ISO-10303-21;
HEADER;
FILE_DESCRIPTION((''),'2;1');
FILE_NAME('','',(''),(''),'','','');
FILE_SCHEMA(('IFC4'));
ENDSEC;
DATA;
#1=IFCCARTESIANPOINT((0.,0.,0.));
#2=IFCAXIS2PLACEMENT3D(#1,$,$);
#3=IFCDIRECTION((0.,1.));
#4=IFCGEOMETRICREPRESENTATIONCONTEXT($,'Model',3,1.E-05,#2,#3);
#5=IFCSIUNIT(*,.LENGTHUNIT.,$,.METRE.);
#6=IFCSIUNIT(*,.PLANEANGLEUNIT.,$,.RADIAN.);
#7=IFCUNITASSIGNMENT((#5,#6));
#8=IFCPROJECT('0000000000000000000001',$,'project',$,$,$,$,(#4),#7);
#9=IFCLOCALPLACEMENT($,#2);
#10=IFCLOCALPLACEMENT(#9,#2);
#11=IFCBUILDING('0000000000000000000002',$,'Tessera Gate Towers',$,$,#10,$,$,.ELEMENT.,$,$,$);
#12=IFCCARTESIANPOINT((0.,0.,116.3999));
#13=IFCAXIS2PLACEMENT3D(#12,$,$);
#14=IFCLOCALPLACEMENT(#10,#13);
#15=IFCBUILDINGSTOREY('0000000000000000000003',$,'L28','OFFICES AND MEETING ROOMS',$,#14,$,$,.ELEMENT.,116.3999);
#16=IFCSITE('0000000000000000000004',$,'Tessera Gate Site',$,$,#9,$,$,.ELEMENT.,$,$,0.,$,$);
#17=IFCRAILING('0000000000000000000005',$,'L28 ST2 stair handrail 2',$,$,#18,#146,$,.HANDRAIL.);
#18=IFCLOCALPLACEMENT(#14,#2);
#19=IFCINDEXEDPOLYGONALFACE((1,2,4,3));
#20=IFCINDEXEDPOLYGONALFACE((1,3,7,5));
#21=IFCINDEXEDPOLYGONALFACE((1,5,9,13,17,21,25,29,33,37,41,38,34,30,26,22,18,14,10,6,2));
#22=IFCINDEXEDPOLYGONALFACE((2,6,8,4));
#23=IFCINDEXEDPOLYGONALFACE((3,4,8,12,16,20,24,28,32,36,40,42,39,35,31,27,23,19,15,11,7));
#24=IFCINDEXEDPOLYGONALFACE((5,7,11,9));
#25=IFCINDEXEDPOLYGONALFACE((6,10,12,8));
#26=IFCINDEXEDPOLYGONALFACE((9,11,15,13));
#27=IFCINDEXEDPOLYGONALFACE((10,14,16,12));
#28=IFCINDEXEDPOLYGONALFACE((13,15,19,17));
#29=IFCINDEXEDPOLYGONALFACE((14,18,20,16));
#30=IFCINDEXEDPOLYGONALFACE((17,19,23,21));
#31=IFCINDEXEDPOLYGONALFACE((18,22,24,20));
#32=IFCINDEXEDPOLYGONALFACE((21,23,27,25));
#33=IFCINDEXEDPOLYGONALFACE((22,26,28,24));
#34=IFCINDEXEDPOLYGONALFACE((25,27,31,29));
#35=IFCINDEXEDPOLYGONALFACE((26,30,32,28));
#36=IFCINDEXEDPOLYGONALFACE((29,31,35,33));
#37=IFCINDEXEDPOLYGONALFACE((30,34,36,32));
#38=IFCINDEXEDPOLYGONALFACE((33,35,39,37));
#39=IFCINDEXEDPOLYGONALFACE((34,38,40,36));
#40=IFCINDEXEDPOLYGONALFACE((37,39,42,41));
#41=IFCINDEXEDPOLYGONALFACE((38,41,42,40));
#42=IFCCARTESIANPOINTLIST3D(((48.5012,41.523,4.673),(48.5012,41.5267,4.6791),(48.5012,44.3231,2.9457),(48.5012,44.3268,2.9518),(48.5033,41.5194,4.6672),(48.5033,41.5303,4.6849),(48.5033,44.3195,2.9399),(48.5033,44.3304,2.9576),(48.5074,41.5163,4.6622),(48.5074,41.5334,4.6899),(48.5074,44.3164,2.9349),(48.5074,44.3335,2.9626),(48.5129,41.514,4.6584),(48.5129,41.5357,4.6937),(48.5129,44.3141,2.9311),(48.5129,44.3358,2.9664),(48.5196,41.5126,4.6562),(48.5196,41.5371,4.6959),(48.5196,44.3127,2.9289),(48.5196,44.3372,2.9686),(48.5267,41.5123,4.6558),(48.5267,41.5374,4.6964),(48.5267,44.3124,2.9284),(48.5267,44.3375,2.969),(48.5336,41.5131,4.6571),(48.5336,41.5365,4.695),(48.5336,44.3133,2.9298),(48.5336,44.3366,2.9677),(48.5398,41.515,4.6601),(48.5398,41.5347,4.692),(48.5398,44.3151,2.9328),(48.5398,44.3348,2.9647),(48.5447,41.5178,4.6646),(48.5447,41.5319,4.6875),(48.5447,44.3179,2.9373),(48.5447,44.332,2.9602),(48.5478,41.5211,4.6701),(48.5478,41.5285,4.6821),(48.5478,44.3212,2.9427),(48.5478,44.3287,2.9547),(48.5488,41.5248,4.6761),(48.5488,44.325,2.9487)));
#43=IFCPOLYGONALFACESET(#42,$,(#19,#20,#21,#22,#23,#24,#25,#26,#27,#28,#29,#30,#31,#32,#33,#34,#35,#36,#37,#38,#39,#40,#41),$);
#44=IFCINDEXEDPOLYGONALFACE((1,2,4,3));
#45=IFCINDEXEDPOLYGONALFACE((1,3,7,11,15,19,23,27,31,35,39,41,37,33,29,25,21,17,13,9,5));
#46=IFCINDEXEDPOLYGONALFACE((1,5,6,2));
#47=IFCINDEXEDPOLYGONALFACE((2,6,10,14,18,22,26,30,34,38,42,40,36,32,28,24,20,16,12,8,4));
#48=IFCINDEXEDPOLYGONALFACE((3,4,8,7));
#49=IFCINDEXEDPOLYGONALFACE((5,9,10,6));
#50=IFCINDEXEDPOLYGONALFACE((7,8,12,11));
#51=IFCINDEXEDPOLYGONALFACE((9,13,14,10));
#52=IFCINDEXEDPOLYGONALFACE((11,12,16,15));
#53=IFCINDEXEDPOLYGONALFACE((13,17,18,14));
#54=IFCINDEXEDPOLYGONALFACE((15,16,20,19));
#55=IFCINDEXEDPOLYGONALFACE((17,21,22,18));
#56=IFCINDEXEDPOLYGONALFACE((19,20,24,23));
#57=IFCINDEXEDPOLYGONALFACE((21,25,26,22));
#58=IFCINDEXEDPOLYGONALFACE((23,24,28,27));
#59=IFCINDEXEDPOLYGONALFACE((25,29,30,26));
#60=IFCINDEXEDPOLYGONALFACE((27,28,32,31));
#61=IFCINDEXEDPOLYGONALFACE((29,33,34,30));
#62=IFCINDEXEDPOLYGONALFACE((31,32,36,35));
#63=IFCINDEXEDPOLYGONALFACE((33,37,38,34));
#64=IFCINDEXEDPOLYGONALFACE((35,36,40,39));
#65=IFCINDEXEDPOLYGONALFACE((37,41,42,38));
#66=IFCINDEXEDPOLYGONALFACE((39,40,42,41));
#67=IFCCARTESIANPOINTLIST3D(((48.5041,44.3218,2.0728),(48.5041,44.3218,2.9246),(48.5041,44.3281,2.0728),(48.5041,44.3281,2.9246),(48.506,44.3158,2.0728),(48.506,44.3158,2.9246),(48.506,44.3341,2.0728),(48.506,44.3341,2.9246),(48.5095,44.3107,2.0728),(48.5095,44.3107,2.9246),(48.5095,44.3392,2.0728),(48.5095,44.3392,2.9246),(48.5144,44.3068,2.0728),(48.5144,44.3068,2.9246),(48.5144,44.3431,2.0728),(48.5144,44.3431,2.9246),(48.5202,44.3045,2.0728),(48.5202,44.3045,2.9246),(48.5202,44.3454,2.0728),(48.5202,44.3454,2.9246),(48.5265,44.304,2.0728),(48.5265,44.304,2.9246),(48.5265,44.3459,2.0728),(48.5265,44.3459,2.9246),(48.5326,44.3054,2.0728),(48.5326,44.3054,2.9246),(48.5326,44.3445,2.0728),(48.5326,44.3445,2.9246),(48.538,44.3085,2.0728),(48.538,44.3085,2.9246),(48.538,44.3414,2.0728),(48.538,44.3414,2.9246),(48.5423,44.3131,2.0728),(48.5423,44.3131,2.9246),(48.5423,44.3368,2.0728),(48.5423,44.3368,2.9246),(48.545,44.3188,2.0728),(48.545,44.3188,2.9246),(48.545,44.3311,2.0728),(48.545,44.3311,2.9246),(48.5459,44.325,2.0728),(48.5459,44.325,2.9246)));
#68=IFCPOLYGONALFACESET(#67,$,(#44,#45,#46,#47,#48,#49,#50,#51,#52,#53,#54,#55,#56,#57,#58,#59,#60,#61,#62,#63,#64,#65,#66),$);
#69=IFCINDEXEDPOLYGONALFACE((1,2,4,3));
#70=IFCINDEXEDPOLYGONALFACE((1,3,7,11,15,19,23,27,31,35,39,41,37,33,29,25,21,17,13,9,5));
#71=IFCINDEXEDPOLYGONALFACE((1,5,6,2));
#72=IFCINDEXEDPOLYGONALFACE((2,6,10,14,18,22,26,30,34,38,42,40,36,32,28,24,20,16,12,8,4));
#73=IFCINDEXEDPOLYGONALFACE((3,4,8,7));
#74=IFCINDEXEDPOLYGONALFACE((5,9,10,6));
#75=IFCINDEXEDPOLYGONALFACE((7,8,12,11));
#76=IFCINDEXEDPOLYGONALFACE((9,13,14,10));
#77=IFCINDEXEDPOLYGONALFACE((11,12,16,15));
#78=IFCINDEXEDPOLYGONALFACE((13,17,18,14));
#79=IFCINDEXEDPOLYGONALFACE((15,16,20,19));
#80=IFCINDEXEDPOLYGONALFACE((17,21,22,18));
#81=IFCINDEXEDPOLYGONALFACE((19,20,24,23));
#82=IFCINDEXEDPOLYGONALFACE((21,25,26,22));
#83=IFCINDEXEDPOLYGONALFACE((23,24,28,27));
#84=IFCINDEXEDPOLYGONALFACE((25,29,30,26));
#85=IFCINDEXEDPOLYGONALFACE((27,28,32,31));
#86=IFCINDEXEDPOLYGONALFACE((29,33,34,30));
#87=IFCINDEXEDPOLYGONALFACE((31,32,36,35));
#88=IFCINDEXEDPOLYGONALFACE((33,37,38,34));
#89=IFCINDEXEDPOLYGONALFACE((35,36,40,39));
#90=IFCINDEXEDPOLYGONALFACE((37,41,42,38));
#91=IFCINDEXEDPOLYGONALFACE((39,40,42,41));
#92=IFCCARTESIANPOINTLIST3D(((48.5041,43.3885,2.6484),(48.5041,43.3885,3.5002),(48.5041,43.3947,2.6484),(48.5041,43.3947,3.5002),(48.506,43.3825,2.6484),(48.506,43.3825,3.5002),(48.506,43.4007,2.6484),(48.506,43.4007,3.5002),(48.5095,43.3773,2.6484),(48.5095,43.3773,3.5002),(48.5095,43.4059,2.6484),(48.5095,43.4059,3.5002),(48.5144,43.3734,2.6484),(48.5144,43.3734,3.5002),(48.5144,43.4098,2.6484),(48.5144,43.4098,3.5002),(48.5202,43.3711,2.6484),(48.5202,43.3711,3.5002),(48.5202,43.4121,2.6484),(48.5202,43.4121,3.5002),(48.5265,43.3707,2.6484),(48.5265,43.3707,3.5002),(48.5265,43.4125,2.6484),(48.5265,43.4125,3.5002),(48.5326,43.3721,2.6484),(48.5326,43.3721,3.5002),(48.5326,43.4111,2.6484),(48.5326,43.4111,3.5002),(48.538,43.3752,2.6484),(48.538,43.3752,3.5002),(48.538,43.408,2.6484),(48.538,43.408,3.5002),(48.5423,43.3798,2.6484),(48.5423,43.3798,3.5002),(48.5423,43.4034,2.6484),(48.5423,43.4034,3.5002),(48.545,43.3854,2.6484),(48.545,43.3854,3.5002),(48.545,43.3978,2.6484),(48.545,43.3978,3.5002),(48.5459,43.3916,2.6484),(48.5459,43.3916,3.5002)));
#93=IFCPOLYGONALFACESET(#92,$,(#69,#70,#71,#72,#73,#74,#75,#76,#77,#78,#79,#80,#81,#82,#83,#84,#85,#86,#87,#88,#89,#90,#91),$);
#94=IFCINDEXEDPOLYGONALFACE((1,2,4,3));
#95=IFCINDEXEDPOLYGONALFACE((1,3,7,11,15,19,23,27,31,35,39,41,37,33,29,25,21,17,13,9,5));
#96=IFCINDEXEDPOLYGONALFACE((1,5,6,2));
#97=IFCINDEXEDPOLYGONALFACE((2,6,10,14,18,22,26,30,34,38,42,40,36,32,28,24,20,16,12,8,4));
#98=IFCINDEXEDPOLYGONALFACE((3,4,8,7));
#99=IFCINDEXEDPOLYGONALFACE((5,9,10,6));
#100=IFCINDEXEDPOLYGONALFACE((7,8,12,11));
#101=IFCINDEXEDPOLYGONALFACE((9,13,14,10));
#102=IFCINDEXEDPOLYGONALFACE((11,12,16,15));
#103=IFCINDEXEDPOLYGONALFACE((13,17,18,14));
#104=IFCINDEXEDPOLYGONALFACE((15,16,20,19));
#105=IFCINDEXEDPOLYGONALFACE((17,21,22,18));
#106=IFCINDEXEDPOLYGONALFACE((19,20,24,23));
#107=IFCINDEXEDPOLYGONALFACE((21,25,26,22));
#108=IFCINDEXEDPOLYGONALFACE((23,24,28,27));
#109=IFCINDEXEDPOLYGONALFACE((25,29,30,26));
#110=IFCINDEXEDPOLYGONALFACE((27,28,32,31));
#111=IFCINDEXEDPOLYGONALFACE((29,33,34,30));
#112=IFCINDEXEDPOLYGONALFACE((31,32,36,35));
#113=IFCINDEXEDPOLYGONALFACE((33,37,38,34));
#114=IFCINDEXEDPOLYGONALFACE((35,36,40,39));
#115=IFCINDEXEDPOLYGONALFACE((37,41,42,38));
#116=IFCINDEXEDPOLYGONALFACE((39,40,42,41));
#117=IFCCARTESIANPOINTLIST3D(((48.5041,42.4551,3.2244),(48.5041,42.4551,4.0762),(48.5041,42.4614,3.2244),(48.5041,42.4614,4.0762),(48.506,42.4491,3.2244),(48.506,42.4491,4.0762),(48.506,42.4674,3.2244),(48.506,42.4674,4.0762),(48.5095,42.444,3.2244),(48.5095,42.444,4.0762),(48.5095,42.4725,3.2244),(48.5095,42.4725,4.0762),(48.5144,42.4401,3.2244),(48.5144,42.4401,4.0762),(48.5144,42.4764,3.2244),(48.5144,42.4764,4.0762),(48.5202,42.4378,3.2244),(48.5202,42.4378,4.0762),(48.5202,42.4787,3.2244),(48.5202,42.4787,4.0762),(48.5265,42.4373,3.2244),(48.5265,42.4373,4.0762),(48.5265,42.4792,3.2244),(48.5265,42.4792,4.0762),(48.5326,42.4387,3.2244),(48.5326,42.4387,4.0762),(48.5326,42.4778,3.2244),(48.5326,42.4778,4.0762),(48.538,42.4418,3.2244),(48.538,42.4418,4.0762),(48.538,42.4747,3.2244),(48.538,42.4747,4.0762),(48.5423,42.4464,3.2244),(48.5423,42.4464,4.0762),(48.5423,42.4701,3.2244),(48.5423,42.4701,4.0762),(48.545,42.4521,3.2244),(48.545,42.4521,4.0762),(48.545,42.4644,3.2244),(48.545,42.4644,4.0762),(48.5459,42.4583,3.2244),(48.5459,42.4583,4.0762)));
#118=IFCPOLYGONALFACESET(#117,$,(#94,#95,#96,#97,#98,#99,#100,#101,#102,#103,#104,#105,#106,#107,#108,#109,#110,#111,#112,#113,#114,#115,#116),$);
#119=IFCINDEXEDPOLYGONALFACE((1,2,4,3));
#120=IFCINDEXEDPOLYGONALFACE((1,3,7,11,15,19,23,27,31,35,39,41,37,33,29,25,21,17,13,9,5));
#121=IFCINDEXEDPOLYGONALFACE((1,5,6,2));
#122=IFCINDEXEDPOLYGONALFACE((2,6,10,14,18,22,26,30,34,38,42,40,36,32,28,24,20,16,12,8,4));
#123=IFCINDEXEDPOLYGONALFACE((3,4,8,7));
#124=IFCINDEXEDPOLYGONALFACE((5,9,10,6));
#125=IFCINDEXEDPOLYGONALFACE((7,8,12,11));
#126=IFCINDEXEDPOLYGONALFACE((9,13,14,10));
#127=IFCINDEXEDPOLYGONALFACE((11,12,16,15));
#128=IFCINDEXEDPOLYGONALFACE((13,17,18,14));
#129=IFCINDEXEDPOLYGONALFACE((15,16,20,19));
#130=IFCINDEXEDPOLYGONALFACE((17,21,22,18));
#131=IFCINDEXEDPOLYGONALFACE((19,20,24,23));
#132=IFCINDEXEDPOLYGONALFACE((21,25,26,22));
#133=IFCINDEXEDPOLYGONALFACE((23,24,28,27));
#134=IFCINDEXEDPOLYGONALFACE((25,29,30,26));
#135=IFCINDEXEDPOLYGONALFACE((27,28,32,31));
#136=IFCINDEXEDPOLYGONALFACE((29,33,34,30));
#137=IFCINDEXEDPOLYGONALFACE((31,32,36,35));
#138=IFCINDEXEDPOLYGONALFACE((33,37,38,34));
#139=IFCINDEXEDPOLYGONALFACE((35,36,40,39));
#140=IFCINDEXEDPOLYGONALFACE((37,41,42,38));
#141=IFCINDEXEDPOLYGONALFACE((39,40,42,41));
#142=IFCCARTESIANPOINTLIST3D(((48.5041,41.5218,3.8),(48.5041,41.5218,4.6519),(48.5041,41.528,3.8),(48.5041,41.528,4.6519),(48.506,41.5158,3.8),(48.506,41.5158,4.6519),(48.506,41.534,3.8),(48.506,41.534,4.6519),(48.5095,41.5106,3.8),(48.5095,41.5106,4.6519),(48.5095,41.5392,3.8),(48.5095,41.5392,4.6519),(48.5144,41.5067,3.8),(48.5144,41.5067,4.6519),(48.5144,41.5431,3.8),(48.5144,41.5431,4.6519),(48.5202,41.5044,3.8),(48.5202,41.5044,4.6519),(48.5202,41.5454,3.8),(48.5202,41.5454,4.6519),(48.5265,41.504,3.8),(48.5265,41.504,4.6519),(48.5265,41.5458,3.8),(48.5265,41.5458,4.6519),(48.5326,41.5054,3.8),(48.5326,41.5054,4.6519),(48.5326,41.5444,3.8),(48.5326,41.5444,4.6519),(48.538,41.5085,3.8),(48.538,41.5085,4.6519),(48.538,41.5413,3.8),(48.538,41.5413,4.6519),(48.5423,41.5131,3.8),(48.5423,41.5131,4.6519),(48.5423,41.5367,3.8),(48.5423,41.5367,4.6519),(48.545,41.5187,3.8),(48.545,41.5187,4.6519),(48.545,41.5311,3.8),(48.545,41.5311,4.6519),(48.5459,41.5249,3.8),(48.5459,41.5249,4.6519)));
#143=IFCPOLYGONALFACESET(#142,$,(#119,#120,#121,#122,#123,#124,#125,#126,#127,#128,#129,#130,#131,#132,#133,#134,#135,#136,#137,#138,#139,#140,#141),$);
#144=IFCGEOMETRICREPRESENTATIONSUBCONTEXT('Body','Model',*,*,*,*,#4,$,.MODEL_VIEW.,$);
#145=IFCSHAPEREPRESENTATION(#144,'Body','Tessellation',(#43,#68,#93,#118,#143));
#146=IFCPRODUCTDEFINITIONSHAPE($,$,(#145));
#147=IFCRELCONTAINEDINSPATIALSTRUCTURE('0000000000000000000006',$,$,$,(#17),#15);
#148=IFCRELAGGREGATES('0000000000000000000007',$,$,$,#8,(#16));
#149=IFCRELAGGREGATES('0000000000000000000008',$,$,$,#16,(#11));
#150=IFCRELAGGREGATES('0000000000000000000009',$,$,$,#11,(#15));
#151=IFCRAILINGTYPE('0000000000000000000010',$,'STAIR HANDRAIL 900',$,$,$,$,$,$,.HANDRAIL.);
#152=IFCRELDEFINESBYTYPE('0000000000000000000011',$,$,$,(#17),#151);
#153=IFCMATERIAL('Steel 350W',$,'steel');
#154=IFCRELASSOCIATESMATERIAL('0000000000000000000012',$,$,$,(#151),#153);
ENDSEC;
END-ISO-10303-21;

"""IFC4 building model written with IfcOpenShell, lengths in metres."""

from ifc_helpers import new_model, si_unit, direction, frame, origin, origin_2d, place, context, subcontext, project, spatial, circle, extrude, material, type_object, element, save


model = new_model("IFC4")

# Units and contexts
model_context = context("Model", 3, precision=1e-05, world=origin(), true_north=direction((0.0, 1.0)))
body_context = subcontext(model_context, "Body", "Model", "MODEL_VIEW")
ifc_project = project(units=[si_unit("LENGTHUNIT", "METRE"), si_unit("PLANEANGLEUNIT", "RADIAN")], contexts=[model_context])

# Site, building, storey
site_placement = place(None, origin())
site = spatial("IfcSite", under=ifc_project, at=site_placement, Name="Tessera Gate Site", CompositionType="ELEMENT", RefElevation=0.0)
building_placement = place(site_placement, origin())
building = spatial("IfcBuilding", under=site, at=building_placement, Name="Tessera Gate Towers", CompositionType="ELEMENT")
storey_placement = place(building_placement, frame((0.0, 0.0, 116.3999)))
storey = spatial("IfcBuildingStorey", under=building, at=storey_placement, Name="L28", Description="OFFICES AND MEETING ROOMS", CompositionType="ELEMENT", Elevation=116.3999)

# Railing
ifc_material_1 = material(Name="Steel 350W", Category="steel")
railing_type_1 = type_object("IfcRailingType", Name="STAIR HANDRAIL 900", PredefinedType="HANDRAIL", material=ifc_material_1)
railing_1_placement = place(storey_placement, frame((48.5249, 44.325, 2.0728)))
element("IfcRailing", 1, at=railing_1_placement, inside=storey, type_object=railing_type_1, Name="L28 ST2 stair handrail 2", PredefinedType="HANDRAIL", context=body_context, shape_type="SweptSolid", body=[
    extrude(circle(Radius=0.0239, at=origin_2d()), frame((0.0, 0.0, 0.876), z_axis=(0.0, -0.85109, 0.52502), x_axis=(1.0, 0.0, 0.0)), (0.0, 0.0, 1.0), 3.29),
    extrude(circle(Radius=0.021, at=origin_2d()), origin(), (0.0, 0.0, 1.0), 0.8518),
    extrude(circle(Radius=0.021, at=origin_2d()), frame((0.0, -0.9333, 0.5757)), (0.0, 0.0, 1.0), 0.8518),
    extrude(circle(Radius=0.021, at=origin_2d()), frame((0.0, -1.8667, 1.1516)), (0.0, 0.0, 1.0), 0.8518),
    extrude(circle(Radius=0.021, at=origin_2d()), frame((0.0, -2.8, 1.7273)), (0.0, 0.0, 1.0), 0.8518),
])

save(model, "model.ifc")
